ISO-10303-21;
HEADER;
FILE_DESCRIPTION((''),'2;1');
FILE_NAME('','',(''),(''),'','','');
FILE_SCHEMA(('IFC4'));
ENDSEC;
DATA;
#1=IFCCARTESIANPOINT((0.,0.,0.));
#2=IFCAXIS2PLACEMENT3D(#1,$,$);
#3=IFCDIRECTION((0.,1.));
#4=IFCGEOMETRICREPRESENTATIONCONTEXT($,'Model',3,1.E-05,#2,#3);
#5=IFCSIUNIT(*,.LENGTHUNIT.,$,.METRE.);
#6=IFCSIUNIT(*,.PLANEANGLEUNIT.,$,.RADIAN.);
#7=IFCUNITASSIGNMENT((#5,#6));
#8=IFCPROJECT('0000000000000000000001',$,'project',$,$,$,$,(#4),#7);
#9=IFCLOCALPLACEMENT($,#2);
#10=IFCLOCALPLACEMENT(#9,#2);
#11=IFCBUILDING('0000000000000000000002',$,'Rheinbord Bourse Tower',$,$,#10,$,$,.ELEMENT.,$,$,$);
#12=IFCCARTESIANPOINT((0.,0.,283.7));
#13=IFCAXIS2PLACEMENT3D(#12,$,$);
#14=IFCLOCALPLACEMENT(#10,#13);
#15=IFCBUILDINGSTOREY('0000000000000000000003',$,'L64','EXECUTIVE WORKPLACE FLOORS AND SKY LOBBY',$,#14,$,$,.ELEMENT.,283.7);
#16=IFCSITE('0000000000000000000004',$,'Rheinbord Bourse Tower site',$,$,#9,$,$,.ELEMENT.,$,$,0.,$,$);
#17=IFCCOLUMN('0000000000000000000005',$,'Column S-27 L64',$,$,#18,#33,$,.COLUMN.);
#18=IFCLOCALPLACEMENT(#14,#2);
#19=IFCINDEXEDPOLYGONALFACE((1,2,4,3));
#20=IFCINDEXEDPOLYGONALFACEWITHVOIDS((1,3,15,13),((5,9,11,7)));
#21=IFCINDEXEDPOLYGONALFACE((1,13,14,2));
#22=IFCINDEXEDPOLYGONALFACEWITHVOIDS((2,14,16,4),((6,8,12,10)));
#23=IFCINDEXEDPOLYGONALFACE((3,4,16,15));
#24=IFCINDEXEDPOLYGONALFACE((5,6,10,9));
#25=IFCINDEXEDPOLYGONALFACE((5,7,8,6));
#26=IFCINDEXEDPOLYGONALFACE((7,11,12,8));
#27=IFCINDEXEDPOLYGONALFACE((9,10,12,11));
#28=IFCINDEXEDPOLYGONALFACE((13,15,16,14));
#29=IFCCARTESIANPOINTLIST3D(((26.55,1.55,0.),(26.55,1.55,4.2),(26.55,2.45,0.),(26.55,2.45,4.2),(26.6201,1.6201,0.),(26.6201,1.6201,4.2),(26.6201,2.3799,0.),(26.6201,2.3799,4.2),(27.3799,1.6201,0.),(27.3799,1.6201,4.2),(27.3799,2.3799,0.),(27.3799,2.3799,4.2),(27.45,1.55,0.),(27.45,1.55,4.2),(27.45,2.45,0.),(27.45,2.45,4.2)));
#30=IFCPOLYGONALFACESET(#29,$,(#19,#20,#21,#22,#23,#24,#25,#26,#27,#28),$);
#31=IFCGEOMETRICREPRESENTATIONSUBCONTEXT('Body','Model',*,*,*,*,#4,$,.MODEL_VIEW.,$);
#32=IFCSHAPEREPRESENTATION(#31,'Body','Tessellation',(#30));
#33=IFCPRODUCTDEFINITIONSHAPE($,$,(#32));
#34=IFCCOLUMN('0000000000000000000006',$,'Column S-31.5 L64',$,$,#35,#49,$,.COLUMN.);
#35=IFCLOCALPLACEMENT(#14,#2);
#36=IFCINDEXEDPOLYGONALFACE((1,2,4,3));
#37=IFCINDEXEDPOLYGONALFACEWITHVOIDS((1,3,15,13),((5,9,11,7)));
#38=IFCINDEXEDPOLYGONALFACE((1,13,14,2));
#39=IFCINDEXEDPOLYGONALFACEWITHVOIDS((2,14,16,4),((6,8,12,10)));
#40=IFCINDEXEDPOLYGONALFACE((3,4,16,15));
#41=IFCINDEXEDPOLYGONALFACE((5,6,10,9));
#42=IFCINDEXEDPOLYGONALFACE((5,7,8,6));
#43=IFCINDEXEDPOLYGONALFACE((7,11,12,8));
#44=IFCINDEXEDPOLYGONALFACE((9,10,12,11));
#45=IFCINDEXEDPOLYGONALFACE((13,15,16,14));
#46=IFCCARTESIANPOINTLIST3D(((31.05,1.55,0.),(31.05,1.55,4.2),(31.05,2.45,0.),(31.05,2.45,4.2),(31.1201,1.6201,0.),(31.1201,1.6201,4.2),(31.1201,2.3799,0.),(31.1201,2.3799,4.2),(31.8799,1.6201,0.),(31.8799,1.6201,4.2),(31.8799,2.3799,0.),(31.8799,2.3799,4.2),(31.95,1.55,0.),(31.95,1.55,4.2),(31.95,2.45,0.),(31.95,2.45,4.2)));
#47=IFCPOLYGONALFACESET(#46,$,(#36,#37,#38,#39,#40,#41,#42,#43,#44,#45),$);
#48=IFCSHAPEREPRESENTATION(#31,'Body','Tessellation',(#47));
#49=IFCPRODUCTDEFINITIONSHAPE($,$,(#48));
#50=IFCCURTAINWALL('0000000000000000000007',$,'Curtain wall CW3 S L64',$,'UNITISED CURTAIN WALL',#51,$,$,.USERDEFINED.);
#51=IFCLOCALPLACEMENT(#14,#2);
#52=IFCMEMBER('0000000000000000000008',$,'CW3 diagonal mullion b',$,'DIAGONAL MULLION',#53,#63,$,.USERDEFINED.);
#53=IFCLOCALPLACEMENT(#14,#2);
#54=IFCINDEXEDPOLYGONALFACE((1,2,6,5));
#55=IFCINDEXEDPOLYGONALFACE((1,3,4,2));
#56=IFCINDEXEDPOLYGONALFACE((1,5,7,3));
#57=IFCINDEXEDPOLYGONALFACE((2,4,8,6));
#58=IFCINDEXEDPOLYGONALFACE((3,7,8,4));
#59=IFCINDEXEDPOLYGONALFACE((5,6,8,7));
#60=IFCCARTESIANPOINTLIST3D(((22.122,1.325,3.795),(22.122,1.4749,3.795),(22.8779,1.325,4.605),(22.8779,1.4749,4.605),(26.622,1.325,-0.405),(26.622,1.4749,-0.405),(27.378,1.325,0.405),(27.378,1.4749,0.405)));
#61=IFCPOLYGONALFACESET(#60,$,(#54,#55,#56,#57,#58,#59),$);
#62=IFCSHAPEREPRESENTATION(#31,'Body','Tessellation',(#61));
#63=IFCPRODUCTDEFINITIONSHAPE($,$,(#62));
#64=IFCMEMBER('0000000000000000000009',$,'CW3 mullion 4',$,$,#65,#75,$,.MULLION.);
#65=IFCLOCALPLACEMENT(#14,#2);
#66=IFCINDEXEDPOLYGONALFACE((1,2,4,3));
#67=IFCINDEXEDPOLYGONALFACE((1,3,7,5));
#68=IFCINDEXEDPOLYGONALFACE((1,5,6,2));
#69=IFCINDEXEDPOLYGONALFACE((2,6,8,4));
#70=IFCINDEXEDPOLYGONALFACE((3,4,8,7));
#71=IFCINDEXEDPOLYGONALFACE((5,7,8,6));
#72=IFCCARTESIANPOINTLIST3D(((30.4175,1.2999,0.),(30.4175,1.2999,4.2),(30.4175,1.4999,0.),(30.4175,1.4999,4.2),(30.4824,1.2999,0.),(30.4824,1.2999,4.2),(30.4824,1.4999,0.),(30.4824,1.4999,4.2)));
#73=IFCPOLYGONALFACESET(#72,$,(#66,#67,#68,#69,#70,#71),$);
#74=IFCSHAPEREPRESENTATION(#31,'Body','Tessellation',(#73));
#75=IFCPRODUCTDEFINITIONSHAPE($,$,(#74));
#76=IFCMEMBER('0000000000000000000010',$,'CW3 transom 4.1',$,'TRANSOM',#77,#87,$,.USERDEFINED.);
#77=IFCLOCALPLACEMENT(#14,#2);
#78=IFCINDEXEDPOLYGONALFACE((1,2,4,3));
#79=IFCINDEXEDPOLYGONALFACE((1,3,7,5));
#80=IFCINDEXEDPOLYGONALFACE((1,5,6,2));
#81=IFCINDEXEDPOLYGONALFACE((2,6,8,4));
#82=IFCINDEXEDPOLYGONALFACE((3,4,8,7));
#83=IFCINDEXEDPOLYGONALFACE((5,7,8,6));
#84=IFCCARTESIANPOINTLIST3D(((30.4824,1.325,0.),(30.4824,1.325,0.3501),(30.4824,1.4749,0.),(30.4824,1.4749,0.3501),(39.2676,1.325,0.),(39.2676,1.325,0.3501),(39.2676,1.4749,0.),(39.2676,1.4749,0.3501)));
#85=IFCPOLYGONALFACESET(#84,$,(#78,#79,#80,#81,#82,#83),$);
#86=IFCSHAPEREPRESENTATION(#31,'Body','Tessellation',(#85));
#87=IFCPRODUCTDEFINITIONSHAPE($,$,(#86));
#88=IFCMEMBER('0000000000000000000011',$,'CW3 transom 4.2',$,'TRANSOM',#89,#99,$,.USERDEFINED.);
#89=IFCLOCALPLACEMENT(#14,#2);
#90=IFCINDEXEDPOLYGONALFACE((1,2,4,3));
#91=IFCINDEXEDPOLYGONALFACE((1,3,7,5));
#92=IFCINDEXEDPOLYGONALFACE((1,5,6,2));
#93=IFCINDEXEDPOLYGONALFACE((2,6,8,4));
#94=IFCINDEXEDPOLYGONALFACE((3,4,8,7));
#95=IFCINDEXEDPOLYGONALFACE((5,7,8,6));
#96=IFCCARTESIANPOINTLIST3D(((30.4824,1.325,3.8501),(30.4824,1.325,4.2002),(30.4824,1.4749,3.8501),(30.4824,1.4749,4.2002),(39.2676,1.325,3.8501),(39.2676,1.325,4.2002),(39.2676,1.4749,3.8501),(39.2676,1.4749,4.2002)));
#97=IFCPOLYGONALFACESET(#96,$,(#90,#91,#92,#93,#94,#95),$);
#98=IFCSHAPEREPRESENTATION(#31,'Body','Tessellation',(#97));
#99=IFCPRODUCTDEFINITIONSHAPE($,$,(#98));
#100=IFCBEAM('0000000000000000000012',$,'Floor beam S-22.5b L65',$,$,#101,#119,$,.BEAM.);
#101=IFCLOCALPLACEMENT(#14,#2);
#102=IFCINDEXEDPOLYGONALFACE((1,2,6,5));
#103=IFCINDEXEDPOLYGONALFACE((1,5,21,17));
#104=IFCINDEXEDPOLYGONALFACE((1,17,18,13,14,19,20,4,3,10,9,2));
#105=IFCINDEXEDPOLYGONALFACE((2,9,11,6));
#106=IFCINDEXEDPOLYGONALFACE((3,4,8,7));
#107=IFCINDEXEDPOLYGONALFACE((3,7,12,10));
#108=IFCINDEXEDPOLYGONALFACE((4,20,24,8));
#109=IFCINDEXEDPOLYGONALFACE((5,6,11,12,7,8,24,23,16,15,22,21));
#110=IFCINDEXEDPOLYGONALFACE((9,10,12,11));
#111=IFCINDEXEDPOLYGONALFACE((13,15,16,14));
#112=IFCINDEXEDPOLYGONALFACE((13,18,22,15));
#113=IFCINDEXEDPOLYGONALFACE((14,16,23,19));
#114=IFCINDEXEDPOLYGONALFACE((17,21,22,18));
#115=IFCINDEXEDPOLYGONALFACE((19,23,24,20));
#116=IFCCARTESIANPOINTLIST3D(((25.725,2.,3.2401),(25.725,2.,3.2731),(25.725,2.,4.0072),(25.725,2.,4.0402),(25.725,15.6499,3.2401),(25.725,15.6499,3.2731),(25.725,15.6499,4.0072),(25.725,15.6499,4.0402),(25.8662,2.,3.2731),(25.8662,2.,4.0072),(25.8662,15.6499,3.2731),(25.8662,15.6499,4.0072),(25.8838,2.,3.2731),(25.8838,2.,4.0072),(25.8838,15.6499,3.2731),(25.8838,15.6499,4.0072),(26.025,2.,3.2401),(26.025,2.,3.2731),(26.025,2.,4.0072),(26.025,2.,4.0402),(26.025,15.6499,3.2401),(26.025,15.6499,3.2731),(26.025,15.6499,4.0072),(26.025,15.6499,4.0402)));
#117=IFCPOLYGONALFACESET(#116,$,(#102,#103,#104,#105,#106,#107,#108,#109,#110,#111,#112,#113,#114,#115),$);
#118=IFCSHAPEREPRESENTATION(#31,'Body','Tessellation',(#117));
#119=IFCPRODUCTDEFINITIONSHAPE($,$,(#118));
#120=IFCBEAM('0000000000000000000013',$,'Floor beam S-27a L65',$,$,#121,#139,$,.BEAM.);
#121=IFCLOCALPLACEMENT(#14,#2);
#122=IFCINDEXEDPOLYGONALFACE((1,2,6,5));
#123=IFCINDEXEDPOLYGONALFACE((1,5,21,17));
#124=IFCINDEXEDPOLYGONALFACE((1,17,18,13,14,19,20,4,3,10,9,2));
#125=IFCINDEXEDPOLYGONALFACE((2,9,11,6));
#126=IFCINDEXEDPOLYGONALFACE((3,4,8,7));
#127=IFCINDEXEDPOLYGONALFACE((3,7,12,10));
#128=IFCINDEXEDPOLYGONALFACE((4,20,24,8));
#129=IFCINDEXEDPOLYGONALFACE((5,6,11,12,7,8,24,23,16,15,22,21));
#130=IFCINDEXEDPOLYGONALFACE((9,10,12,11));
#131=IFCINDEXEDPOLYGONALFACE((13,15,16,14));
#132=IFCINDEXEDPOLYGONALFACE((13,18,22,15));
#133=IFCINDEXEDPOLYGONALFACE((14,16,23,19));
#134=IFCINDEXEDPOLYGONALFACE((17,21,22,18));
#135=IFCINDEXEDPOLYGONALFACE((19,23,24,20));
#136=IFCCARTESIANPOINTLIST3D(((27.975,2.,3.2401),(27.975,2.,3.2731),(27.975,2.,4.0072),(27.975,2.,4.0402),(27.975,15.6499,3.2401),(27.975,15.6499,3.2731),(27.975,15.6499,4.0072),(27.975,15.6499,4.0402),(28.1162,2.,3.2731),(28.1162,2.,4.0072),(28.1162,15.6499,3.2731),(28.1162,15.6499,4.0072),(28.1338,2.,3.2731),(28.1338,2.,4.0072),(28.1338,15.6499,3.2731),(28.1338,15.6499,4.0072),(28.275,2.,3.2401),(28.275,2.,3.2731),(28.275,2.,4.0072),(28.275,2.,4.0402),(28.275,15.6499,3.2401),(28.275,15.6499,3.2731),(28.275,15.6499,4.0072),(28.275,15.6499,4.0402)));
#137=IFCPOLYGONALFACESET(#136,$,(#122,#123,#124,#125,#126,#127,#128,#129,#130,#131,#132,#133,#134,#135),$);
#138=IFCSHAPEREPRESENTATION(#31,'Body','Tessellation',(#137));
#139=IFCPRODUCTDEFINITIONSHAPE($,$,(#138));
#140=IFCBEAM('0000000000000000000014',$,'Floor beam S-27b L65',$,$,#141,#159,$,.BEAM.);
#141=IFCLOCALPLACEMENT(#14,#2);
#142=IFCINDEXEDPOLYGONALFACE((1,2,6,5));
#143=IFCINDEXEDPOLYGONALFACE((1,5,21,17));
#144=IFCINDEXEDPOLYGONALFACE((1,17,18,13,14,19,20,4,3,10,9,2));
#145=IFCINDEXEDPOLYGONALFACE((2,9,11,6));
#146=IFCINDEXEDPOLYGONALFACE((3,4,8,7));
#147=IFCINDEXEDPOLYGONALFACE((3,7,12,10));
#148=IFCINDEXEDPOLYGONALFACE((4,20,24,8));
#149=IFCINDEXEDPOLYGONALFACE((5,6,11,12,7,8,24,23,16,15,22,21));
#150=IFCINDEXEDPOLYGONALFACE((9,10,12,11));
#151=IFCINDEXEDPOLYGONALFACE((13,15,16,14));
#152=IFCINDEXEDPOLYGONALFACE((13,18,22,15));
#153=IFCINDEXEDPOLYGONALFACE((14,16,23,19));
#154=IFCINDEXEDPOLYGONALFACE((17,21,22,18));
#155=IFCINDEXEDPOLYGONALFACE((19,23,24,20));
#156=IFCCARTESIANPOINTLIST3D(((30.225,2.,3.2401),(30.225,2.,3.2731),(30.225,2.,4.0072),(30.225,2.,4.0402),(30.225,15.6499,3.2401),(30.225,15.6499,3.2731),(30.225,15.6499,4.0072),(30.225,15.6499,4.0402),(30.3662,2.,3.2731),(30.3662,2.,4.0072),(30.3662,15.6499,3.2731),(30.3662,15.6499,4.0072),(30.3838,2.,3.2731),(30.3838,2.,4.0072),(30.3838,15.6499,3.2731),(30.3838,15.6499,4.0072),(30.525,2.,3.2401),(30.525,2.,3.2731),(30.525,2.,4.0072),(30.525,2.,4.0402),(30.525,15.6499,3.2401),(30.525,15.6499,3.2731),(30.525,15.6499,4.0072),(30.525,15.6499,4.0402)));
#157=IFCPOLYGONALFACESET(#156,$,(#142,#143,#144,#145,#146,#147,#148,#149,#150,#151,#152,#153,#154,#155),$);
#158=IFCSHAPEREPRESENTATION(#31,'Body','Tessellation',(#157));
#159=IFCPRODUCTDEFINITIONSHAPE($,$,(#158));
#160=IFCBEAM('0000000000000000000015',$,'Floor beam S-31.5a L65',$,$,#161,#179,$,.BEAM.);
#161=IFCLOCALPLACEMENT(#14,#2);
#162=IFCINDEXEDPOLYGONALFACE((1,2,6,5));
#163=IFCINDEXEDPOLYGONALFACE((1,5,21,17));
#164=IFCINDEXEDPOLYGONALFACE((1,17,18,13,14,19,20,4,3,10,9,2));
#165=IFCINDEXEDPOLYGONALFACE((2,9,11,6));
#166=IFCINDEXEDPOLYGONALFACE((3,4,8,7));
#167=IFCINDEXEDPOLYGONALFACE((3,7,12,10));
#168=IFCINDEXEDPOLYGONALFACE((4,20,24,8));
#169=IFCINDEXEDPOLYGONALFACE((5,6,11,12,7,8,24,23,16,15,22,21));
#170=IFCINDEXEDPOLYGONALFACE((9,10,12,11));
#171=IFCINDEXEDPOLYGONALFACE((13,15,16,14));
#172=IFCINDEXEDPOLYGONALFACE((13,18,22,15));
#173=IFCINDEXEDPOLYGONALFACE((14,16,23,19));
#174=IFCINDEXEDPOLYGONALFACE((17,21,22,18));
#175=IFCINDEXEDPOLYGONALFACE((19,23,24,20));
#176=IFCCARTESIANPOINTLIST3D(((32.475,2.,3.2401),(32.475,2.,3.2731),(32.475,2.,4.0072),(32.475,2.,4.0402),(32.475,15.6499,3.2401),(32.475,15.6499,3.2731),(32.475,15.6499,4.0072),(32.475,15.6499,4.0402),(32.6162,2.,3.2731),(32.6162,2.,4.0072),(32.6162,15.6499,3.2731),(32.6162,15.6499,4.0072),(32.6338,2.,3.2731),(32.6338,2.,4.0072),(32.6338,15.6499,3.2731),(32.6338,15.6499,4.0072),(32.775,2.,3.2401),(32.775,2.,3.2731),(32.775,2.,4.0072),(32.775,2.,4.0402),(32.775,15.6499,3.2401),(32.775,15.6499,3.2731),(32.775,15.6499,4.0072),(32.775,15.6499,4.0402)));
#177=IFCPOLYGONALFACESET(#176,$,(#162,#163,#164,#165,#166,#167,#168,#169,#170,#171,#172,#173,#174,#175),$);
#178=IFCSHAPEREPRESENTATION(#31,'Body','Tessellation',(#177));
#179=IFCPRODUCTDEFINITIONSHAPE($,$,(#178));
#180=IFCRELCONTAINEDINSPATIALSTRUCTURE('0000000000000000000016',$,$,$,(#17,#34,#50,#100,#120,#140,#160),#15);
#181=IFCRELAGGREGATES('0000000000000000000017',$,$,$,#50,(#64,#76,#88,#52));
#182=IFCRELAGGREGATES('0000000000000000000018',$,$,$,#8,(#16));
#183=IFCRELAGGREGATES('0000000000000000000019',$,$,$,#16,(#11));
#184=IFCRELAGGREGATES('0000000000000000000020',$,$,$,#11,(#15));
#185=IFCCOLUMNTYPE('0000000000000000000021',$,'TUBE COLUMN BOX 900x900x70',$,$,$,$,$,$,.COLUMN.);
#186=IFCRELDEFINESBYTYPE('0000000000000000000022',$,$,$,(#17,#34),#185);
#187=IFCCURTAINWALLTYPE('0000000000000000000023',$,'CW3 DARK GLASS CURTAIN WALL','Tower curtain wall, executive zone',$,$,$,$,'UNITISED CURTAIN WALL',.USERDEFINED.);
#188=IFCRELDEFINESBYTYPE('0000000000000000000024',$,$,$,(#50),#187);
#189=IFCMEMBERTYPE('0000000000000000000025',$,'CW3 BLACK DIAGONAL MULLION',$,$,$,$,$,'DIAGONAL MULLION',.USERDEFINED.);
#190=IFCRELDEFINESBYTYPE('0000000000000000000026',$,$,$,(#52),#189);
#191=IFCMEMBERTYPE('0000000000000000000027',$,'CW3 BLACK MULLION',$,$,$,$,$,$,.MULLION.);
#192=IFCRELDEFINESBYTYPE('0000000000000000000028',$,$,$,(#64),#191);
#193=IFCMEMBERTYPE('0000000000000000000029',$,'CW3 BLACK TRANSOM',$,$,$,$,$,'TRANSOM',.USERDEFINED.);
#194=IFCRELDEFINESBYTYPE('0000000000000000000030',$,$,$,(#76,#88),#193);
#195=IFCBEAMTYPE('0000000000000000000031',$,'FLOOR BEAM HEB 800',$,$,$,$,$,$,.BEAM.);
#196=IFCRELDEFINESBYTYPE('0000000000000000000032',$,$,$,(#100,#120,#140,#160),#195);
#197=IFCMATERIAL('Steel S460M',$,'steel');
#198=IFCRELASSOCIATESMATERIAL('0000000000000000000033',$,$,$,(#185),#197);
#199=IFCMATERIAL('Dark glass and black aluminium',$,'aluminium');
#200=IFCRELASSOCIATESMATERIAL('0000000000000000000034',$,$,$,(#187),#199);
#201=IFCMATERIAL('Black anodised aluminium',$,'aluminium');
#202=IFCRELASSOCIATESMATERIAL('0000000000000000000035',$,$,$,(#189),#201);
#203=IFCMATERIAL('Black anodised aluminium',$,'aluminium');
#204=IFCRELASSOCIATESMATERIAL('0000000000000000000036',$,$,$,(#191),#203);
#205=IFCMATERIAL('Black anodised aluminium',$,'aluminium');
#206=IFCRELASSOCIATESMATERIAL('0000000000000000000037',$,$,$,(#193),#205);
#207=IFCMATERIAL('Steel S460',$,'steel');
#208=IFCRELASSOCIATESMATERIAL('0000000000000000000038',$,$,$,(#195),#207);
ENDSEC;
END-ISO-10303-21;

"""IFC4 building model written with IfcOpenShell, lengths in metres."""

from ifc_helpers import new_model, si_unit, direction, frame, origin, origin_2d, place, context, subcontext, project, spatial, rectangle, hollow_rectangle, i_section, extrude, material, material_profile, profile_set, type_object, element, aggregate, save


model = new_model("IFC4")

# Units and contexts
model_context = context("Model", 3, precision=1e-05, world=origin(), true_north=direction((0.0, 1.0)))
body_context = subcontext(model_context, "Body", "Model", "MODEL_VIEW")
ifc_project = project(units=[si_unit("LENGTHUNIT", "METRE"), si_unit("PLANEANGLEUNIT", "RADIAN")], contexts=[model_context])

# Site, building, storey
site_placement = place(None, origin())
site = spatial("IfcSite", under=ifc_project, at=site_placement, Name="Rheinbord Bourse Tower site", CompositionType="ELEMENT", RefElevation=0.0)
building_placement = place(site_placement, origin())
building = spatial("IfcBuilding", under=site, at=building_placement, Name="Rheinbord Bourse Tower", CompositionType="ELEMENT")
storey_placement = place(building_placement, frame((0.0, 0.0, 283.7)))
storey = spatial("IfcBuildingStorey", under=building, at=storey_placement, Name="L64", Description="EXECUTIVE WORKPLACE FLOORS AND SKY LOBBY", CompositionType="ELEMENT", Elevation=283.7)

# Columns
ifc_material_1 = material(Name="Steel S460M", Category="steel")
ifc_material_profile_1 = material_profile(ifc_material_1, hollow_rectangle(XDim=0.8999, YDim=0.8999, WallThickness=0.0701, at=origin_2d()), Name="BOX 900x900x70")
ifc_profile_set_1 = profile_set([ifc_material_profile_1], Name="Steel S460M")
column_type = type_object("IfcColumnType", Name="TUBE COLUMN BOX 900x900x70", PredefinedType="COLUMN", material=ifc_profile_set_1)
for number, where, z_axis, x_axis, name in (
    (1, (27.0, 2.0, 0.0), (0.0, 0.0, 1.0), (0.0, 1.0, 0.0), "Column S-27 L64"),
    (2, (31.5, 2.0, 0.0), (0.0, 0.0, 1.0), (0.0, 1.0, 0.0), "Column S-31.5 L64"),
):
    element("IfcColumn", number, at=place(storey_placement, frame(where, z_axis=z_axis, x_axis=x_axis)), inside=storey, type_object=column_type, Name=name, PredefinedType="COLUMN", context=body_context, shape_type="SweptSolid", body=[
        extrude(hollow_rectangle(XDim=0.8999, YDim=0.8999, WallThickness=0.0701, at=origin_2d()), origin(), (0.0, 0.0, 1.0), 4.2),
    ])

# Curtain wall, members
ifc_material_2 = material(Name="Dark glass and black aluminium", Category="aluminium")
curtain_wall_type = type_object("IfcCurtainWallType", Name="CW3 DARK GLASS CURTAIN WALL", Description="Tower curtain wall, executive zone", ElementType="UNITISED CURTAIN WALL", PredefinedType="USERDEFINED", material=ifc_material_2)
curtain_wall_placement = place(storey_placement, origin())
curtain_wall = element("IfcCurtainWall", 3, at=curtain_wall_placement, inside=storey, type_object=curtain_wall_type, Name="Curtain wall CW3 S L64", ObjectType="UNITISED CURTAIN WALL", PredefinedType="USERDEFINED")
ifc_material_3 = material(Name="Black anodised aluminium", Category="aluminium")
ifc_material_profile_2 = material_profile(ifc_material_3, rectangle(XDim=0.1499, YDim=1.1079, at=origin_2d()), Name="CW3 DIAGONAL MULLION 1108x150")
ifc_profile_set_2 = profile_set([ifc_material_profile_2], Name="Black anodised aluminium")
member_type_1 = type_object("IfcMemberType", Name="CW3 BLACK DIAGONAL MULLION", ElementType="DIAGONAL MULLION", PredefinedType="USERDEFINED", material=ifc_profile_set_2)
member_1_placement = place(storey_placement, frame((27.0, 1.3999, 0.0), z_axis=(-0.731059, 0.0, 0.682314), x_axis=(0.0, -1.0, 0.0)))
member_1 = element("IfcMember", 4, at=member_1_placement, type_object=member_type_1, Name="CW3 diagonal mullion b", ObjectType="DIAGONAL MULLION", PredefinedType="USERDEFINED", context=body_context, shape_type="SweptSolid", body=[
    extrude(rectangle(XDim=0.1499, YDim=1.1079, at=origin_2d()), origin(), (0.0, 0.0, 1.0), 6.1555),
])
ifc_material_4 = material(Name="Black anodised aluminium", Category="aluminium")
ifc_material_profile_3 = material_profile(ifc_material_4, rectangle(XDim=0.2, YDim=0.0649, at=origin_2d()), Name="CW3 MULLION 65x200")
ifc_profile_set_3 = profile_set([ifc_material_profile_3], Name="Black anodised aluminium")
member_type_2 = type_object("IfcMemberType", Name="CW3 BLACK MULLION", PredefinedType="MULLION", material=ifc_profile_set_3)
member_2_placement = place(storey_placement, frame((30.45, 1.3999, 0.0), z_axis=(0.0, 0.0, 1.0), x_axis=(0.0, 1.0, 0.0)))
member_2 = element("IfcMember", 5, at=member_2_placement, type_object=member_type_2, Name="CW3 mullion 4", PredefinedType="MULLION", context=body_context, shape_type="SweptSolid", body=[
    extrude(rectangle(XDim=0.2, YDim=0.0649, at=origin_2d()), origin(), (0.0, 0.0, 1.0), 4.2),
])
ifc_material_5 = material(Name="Black anodised aluminium", Category="aluminium")
ifc_material_profile_4 = material_profile(ifc_material_5, rectangle(XDim=0.1499, YDim=0.3501, at=origin_2d()), Name="CW3 TRANSOM 350x150")
ifc_profile_set_4 = profile_set([ifc_material_profile_4], Name="Black anodised aluminium")
member_type_3 = type_object("IfcMemberType", Name="CW3 BLACK TRANSOM", ElementType="TRANSOM", PredefinedType="USERDEFINED", material=ifc_profile_set_4)
member_3_placement = place(storey_placement, frame((30.4824, 1.3999, 0.175), z_axis=(1.0, 0.0, 0.0), x_axis=(0.0, 1.0, 0.0)))
member_3 = element("IfcMember", 6, at=member_3_placement, type_object=member_type_3, Name="CW3 transom 4.1", ObjectType="TRANSOM", PredefinedType="USERDEFINED", context=body_context, shape_type="SweptSolid", body=[
    extrude(rectangle(XDim=0.1499, YDim=0.3501, at=origin_2d()), origin(), (0.0, 0.0, 1.0), 8.7852),
])
member_4_placement = place(storey_placement, frame((30.4824, 1.3999, 4.0251), z_axis=(1.0, 0.0, 0.0), x_axis=(0.0, 1.0, 0.0)))
member_4 = element("IfcMember", 7, at=member_4_placement, type_object=member_type_3, Name="CW3 transom 4.2", ObjectType="TRANSOM", PredefinedType="USERDEFINED", context=body_context, shape_type="SweptSolid", body=[
    extrude(rectangle(XDim=0.1499, YDim=0.3501, at=origin_2d()), origin(), (0.0, 0.0, 1.0), 8.7852),
])

# Beams
ifc_material_6 = material(Name="Steel S460", Category="steel")
ifc_material_profile_5 = material_profile(ifc_material_6, i_section(OverallWidth=0.3, OverallDepth=0.8, WebThickness=0.0176, FlangeThickness=0.033, at=origin_2d()), Name="HEB 800")
ifc_profile_set_5 = profile_set([ifc_material_profile_5], Name="Steel S460")
beam_type_1 = type_object("IfcBeamType", Name="FLOOR BEAM HEB 800", PredefinedType="BEAM", material=ifc_profile_set_5)
for number, where, z_axis, x_axis, name in (
    (8, (25.875, 2.0, 3.6401), (0.0, 1.0, 0.0), (-1.0, 0.0, 0.0), "Floor beam S-22.5b L65"),
    (9, (28.125, 2.0, 3.6401), (0.0, 1.0, 0.0), (-1.0, 0.0, 0.0), "Floor beam S-27a L65"),
    (10, (30.375, 2.0, 3.6401), (0.0, 1.0, 0.0), (-1.0, 0.0, 0.0), "Floor beam S-27b L65"),
    (11, (32.625, 2.0, 3.6401), (0.0, 1.0, 0.0), (-1.0, 0.0, 0.0), "Floor beam S-31.5a L65"),
):
    element("IfcBeam", number, at=place(storey_placement, frame(where, z_axis=z_axis, x_axis=x_axis)), inside=storey, type_object=beam_type_1, Name=name, PredefinedType="BEAM", context=body_context, shape_type="SweptSolid", body=[
        extrude(i_section(OverallWidth=0.3, OverallDepth=0.8, WebThickness=0.0176, FlangeThickness=0.033, at=origin_2d()), origin(), (0.0, 0.0, 1.0), 13.6499),
    ])

aggregate(curtain_wall, [member_2, member_3, member_4, member_1])

save(model, "model.ifc")
